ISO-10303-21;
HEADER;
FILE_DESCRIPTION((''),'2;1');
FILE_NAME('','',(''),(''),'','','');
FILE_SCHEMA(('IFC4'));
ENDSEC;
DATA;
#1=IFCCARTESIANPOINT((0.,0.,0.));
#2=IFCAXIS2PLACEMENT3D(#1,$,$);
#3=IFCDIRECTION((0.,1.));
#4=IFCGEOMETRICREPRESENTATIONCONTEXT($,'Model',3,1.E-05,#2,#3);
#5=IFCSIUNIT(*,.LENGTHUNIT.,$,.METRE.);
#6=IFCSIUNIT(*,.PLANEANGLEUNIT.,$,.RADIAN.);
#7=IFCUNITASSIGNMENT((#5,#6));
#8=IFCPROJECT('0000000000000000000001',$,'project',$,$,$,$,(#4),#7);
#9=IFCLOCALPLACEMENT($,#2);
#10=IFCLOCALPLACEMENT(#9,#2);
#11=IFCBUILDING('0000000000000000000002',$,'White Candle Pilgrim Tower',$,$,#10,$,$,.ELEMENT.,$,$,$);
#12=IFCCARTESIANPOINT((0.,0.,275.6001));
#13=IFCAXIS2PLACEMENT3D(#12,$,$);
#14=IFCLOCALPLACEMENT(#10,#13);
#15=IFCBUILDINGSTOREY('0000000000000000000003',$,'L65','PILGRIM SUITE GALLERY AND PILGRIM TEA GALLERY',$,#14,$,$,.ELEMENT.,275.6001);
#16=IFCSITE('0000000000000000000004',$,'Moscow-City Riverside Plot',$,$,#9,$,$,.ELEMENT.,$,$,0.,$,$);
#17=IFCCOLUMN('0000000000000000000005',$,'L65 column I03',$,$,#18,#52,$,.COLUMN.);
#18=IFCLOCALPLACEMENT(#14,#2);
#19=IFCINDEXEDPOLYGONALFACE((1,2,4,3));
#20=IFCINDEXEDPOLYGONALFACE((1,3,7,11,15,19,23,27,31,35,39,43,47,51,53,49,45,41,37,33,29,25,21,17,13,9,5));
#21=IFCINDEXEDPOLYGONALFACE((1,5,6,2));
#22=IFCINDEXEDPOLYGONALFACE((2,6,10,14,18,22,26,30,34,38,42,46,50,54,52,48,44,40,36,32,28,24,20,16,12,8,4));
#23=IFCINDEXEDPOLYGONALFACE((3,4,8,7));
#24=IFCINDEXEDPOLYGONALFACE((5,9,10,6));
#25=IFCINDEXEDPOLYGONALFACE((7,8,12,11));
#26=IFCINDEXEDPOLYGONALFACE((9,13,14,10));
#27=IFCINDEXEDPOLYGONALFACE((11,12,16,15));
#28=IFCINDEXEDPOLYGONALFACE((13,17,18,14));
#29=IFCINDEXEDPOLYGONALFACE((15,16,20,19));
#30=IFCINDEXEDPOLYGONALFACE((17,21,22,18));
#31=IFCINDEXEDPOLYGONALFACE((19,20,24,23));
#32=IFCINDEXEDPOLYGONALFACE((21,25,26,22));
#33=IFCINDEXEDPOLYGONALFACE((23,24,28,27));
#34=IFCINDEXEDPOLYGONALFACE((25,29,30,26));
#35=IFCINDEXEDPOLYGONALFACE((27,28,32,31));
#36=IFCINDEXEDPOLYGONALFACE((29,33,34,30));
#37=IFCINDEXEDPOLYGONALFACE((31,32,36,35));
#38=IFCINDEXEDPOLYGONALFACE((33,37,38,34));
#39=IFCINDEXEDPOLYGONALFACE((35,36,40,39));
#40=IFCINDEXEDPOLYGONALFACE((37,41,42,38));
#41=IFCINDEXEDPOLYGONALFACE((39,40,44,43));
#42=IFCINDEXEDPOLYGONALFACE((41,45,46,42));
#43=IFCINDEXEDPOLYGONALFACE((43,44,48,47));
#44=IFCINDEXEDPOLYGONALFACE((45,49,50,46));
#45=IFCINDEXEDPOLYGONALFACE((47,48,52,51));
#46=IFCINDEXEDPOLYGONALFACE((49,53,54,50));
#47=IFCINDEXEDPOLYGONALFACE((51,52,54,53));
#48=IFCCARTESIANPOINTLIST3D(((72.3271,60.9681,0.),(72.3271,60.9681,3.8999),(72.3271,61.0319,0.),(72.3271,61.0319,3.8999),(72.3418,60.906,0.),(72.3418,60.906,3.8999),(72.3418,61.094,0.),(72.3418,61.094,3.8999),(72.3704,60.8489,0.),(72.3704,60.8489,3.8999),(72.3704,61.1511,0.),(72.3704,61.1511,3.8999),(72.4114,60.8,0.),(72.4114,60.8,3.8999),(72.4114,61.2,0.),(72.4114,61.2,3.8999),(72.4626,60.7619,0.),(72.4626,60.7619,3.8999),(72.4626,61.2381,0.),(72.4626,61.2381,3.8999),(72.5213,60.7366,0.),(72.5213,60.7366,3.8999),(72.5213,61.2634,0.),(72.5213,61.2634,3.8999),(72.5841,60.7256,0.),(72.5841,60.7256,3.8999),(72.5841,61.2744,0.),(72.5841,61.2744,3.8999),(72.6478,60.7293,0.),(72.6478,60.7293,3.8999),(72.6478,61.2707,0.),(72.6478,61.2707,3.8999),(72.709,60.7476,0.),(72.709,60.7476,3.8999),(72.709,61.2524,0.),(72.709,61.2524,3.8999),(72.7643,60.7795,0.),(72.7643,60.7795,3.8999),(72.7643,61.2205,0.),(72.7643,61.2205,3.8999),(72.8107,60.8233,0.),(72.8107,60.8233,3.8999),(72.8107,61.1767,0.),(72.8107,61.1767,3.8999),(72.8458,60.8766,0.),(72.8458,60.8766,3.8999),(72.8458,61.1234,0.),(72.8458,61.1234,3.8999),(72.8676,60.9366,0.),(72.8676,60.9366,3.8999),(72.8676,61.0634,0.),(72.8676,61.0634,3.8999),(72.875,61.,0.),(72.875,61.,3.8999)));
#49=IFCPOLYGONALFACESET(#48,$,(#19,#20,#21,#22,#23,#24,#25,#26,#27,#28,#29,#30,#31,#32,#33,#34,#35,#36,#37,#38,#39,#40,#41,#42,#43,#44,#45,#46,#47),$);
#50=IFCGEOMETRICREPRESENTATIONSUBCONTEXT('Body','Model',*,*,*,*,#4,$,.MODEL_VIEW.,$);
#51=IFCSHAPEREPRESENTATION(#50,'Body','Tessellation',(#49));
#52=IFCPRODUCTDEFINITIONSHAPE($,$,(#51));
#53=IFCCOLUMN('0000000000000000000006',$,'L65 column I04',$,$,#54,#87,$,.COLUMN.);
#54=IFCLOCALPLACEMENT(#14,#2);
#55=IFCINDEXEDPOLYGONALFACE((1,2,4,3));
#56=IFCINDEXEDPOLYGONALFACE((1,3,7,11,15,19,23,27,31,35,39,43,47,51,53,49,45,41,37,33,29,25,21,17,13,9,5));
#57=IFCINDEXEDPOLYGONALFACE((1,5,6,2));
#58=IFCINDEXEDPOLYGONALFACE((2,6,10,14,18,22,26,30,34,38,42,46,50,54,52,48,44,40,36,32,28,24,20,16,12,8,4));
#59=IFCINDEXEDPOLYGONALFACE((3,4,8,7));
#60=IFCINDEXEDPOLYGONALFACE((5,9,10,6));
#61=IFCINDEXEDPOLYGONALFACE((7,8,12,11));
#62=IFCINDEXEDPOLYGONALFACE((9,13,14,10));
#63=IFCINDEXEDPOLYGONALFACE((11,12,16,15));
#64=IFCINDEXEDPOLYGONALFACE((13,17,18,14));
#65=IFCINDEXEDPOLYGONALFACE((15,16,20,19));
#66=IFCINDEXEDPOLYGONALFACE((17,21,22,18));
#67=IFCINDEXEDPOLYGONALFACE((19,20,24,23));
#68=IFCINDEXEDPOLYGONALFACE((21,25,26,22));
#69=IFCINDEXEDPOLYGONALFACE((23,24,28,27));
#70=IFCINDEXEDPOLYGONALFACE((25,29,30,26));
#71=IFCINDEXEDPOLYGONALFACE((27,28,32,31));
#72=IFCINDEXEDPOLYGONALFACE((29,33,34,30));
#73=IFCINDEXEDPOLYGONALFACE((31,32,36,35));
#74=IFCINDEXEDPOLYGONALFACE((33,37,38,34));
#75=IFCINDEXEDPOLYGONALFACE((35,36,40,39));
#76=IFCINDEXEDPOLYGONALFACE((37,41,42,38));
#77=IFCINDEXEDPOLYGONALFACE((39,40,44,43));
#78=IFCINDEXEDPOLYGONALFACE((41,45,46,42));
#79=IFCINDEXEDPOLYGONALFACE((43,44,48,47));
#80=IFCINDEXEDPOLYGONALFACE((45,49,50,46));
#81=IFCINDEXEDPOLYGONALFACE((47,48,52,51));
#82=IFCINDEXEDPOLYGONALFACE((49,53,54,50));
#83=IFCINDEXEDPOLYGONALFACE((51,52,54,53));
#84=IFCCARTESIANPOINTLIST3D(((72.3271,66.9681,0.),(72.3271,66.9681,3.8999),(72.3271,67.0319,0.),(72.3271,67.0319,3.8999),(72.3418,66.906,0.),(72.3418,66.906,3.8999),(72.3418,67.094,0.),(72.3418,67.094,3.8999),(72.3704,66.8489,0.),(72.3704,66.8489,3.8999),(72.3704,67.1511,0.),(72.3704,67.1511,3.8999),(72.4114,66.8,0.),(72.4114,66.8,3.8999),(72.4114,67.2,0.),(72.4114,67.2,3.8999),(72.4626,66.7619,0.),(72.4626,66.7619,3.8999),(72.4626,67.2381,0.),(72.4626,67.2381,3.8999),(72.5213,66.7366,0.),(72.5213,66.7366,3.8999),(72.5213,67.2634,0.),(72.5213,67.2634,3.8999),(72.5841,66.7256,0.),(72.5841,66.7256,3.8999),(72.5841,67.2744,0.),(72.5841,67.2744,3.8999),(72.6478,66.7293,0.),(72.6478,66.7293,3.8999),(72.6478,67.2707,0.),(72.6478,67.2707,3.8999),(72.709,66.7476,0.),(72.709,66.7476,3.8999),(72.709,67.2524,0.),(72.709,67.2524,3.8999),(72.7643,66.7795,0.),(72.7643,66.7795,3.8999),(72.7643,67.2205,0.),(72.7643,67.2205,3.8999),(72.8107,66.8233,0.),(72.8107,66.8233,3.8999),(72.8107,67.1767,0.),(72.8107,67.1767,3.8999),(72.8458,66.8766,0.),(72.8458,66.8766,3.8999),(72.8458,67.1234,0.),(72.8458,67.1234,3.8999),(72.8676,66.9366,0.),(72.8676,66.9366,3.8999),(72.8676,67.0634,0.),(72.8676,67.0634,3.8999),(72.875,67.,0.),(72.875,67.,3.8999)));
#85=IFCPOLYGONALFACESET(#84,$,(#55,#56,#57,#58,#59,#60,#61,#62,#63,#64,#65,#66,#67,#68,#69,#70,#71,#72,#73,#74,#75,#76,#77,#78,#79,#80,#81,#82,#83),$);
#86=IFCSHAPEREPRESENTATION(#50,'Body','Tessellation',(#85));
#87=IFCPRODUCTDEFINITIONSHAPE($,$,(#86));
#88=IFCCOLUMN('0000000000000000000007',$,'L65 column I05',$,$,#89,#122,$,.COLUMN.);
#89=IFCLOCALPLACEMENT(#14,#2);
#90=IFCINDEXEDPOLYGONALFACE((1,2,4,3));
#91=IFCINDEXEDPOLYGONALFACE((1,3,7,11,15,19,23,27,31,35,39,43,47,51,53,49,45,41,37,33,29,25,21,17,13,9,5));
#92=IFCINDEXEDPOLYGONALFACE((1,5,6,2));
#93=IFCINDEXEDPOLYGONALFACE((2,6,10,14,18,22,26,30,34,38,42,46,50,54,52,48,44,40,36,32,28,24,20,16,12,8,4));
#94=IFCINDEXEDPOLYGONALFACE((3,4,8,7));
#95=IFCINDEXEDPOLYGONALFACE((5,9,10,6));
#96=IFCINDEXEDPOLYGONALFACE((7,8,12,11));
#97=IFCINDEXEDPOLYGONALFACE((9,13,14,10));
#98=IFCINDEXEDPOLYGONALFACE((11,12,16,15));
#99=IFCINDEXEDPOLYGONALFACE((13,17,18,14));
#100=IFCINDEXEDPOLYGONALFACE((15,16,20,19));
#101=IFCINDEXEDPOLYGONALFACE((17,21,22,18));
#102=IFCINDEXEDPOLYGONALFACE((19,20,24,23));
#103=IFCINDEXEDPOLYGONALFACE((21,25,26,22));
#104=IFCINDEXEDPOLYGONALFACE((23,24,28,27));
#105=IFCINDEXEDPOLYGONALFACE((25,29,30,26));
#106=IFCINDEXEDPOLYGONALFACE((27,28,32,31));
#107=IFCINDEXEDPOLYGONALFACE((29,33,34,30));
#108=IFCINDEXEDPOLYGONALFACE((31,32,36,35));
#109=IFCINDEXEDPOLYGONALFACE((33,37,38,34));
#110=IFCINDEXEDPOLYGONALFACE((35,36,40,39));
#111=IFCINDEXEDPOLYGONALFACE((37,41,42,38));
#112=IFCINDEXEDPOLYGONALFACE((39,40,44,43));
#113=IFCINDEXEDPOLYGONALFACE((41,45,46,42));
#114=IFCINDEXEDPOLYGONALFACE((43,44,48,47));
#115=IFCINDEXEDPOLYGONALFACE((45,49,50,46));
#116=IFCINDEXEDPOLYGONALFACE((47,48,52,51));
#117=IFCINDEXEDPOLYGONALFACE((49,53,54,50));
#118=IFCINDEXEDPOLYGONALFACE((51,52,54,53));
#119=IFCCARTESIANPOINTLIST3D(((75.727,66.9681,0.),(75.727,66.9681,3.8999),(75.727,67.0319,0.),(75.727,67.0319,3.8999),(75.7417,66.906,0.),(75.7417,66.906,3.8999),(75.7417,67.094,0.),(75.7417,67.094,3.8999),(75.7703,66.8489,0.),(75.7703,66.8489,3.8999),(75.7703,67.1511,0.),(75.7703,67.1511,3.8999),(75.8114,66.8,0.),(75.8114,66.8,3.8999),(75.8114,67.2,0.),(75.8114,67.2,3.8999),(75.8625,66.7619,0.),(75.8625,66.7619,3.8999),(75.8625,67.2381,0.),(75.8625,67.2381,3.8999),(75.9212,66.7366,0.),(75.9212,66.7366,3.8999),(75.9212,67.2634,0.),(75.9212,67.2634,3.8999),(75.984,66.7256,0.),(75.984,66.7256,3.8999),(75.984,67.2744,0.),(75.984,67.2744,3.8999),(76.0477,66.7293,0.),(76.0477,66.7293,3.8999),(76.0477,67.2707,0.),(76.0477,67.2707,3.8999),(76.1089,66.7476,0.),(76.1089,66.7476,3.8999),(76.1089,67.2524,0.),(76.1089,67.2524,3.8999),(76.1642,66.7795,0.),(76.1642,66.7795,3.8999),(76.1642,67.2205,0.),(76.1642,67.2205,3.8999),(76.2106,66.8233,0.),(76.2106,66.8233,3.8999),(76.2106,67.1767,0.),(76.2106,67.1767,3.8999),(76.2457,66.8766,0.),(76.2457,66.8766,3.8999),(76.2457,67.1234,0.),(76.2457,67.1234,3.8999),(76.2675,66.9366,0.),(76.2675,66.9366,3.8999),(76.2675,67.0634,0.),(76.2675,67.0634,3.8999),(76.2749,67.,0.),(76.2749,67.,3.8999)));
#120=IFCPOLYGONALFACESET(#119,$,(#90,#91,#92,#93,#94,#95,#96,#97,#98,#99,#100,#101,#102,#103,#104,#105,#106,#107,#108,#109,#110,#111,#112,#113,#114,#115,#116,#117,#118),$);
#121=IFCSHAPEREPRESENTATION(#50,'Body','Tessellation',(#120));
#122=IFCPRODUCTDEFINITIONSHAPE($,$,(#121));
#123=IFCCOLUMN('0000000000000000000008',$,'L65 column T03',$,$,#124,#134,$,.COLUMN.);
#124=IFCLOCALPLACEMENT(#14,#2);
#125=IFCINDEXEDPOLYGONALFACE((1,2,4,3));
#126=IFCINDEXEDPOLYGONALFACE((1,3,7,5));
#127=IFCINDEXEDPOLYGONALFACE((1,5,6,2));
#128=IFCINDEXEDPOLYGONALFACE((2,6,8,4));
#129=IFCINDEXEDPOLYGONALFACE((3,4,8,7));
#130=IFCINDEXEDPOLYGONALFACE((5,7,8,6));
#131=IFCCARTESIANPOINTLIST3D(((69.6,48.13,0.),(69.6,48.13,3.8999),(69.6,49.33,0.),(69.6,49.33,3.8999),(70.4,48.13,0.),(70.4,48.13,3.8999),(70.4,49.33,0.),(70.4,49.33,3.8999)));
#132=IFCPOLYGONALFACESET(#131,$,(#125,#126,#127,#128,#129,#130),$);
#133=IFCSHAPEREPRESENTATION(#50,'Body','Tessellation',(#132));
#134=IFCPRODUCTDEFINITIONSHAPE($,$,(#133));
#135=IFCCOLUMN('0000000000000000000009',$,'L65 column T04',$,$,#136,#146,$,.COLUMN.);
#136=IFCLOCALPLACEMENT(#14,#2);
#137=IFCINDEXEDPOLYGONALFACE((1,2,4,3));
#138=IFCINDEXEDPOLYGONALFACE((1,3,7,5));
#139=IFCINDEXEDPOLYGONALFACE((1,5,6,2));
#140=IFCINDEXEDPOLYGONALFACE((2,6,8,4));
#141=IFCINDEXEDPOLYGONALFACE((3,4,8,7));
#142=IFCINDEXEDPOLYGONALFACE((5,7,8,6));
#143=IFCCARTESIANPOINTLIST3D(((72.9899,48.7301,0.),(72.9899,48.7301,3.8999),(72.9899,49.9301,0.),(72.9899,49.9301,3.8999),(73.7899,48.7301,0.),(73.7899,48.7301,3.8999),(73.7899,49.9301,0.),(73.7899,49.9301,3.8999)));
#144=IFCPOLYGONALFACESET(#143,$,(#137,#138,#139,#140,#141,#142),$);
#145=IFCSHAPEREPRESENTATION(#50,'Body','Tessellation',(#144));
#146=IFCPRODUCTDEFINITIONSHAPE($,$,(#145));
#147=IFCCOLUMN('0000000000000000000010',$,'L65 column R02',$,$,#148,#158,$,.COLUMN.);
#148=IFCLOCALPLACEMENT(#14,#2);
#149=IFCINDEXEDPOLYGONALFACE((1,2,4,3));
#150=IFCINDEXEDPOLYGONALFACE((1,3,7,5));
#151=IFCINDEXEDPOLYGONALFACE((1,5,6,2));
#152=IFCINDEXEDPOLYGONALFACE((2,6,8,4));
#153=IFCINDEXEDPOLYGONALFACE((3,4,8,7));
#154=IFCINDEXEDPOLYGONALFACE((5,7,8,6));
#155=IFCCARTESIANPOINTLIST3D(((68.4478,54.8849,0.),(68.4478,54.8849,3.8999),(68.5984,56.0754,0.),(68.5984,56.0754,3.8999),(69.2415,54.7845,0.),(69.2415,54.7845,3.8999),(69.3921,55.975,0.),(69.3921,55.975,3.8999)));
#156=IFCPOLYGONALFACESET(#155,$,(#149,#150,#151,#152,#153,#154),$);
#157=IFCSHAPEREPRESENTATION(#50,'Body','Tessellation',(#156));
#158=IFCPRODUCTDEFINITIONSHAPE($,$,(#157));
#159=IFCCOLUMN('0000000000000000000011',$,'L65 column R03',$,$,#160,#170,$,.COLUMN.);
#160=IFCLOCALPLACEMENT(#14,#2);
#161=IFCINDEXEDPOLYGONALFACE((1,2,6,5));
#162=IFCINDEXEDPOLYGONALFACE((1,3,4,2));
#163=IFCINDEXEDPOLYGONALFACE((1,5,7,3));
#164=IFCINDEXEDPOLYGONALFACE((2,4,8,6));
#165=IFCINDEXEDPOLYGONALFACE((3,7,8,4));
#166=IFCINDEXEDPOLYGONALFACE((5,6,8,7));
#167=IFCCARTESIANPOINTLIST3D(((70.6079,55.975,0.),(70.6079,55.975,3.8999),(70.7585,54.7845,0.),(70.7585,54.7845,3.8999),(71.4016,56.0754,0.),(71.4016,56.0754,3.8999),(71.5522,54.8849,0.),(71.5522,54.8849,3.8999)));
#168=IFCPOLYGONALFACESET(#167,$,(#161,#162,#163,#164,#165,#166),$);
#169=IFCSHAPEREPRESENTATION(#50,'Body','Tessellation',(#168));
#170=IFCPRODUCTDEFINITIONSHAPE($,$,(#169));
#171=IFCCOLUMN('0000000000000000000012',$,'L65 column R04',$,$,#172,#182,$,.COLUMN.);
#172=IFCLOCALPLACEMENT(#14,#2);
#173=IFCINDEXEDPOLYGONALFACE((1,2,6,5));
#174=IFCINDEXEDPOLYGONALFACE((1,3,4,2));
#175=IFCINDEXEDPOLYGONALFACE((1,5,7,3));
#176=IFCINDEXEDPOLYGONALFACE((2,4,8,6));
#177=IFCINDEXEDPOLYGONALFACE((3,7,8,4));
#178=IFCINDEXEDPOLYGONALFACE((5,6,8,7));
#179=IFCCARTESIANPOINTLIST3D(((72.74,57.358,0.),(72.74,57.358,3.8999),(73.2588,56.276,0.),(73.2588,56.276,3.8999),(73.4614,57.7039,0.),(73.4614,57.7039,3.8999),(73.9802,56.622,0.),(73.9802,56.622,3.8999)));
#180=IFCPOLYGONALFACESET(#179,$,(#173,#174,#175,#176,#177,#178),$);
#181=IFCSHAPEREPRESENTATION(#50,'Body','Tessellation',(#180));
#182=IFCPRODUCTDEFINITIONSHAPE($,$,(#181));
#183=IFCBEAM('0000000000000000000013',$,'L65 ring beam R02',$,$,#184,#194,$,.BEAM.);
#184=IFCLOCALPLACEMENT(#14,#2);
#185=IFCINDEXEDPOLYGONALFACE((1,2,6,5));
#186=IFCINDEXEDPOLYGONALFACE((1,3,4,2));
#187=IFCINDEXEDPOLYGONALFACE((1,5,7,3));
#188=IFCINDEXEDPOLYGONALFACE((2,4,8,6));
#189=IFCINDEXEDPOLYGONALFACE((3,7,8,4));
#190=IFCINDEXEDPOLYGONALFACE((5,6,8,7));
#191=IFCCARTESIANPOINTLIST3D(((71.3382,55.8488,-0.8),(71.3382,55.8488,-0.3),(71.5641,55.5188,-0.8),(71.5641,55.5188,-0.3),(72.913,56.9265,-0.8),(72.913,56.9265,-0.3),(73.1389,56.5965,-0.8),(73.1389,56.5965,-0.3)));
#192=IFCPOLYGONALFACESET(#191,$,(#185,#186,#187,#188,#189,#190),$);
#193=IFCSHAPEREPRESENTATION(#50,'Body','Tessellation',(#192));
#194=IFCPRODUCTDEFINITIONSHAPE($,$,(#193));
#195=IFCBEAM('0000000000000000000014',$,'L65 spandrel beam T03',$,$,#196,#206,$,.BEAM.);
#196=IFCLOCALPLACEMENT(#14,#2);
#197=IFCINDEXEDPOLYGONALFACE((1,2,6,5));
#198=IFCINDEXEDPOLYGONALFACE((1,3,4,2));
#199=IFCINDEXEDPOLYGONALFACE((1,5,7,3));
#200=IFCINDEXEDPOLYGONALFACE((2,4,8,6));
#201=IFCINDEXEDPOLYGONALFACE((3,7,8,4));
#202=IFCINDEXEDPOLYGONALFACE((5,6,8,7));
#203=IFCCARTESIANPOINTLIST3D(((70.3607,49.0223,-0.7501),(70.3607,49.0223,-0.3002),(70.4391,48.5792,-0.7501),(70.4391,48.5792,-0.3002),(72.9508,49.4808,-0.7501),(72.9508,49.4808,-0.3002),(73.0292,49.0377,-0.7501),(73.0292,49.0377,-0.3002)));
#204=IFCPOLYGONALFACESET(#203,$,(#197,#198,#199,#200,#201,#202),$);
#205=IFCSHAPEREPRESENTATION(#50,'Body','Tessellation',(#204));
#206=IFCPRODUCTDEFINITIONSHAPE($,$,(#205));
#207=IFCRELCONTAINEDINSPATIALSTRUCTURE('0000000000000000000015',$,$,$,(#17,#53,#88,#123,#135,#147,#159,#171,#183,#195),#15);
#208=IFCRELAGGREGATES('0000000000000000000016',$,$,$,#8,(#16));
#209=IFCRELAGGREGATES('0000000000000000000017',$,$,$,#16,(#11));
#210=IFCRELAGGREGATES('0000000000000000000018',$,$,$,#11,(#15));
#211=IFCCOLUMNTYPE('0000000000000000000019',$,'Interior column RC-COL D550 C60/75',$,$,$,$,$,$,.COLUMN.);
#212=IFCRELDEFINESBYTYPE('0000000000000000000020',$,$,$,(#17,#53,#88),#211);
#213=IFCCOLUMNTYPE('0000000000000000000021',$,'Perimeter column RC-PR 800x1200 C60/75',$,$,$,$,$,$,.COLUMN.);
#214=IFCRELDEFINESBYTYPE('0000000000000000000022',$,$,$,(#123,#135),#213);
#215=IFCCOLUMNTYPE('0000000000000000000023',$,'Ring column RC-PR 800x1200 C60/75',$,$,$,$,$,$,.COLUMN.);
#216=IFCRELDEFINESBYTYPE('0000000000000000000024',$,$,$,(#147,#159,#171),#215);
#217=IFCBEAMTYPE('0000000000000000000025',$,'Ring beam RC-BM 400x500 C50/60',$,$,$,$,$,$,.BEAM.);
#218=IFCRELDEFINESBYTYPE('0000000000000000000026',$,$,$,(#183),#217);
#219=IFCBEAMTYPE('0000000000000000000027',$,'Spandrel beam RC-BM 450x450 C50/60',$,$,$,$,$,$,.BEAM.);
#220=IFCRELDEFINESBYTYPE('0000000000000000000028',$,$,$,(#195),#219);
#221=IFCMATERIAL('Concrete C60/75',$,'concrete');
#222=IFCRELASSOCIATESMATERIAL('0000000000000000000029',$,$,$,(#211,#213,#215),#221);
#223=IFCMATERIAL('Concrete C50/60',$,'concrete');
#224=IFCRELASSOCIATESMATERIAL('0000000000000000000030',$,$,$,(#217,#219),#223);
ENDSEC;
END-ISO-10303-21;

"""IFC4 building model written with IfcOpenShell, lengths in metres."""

from ifc_helpers import new_model, si_unit, direction, frame, origin, origin_2d, place, context, subcontext, project, spatial, rectangle, circle, extrude, material, material_profile, profile_set, type_object, element, save


model = new_model("IFC4")

# Units and contexts
model_context = context("Model", 3, precision=1e-05, world=origin(), true_north=direction((0.0, 1.0)))
body_context = subcontext(model_context, "Body", "Model", "MODEL_VIEW")
ifc_project = project(units=[si_unit("LENGTHUNIT", "METRE"), si_unit("PLANEANGLEUNIT", "RADIAN")], contexts=[model_context])

# Site, building, storey
site_placement = place(None, origin())
site = spatial("IfcSite", under=ifc_project, at=site_placement, Name="Moscow-City Riverside Plot", CompositionType="ELEMENT", RefElevation=0.0)
building_placement = place(site_placement, origin())
building = spatial("IfcBuilding", under=site, at=building_placement, Name="White Candle Pilgrim Tower", CompositionType="ELEMENT")
storey_placement = place(building_placement, frame((0.0, 0.0, 275.6001)))
storey = spatial("IfcBuildingStorey", under=building, at=storey_placement, Name="L65", Description="PILGRIM SUITE GALLERY AND PILGRIM TEA GALLERY", CompositionType="ELEMENT", Elevation=275.6001)

# Columns
ifc_material_1 = material(Name="Concrete C60/75", Category="concrete")
ifc_material_profile_1 = material_profile(ifc_material_1, circle(Radius=0.2749, at=origin_2d()), Name="RC-COL D550")
ifc_profile_set_1 = profile_set([ifc_material_profile_1], Name="Concrete C60/75")
column_type_1 = type_object("IfcColumnType", Name="Interior column RC-COL D550 C60/75", PredefinedType="COLUMN", material=ifc_profile_set_1)
for number, where, z_axis, x_axis, name in (
    (1, (72.6001, 61.0, 0.0), (0.0, 0.0, 1.0), (1.0, 0.0, 0.0), "L65 column I03"),
    (2, (72.6001, 67.0, 0.0), (0.0, 0.0, 1.0), (1.0, 0.0, 0.0), "L65 column I04"),
    (3, (76.0, 67.0, 0.0), (0.0, 0.0, 1.0), (1.0, 0.0, 0.0), "L65 column I05"),
):
    element("IfcColumn", number, at=place(storey_placement, frame(where, z_axis=z_axis, x_axis=x_axis)), inside=storey, type_object=column_type_1, Name=name, PredefinedType="COLUMN", context=body_context, shape_type="SweptSolid", body=[
        extrude(circle(Radius=0.2749, at=origin_2d()), origin(), (0.0, 0.0, 1.0), 3.8999),
    ])
ifc_material_profile_2 = material_profile(ifc_material_1, rectangle(XDim=0.8, YDim=1.2, at=origin_2d()), Name="RC-PR 800x1200")
ifc_profile_set_2 = profile_set([ifc_material_profile_2], Name="Concrete C60/75")
column_type_2 = type_object("IfcColumnType", Name="Perimeter column RC-PR 800x1200 C60/75", PredefinedType="COLUMN", material=ifc_profile_set_2)
for number, where, z_axis, x_axis, name in (
    (4, (70.0, 48.73, 0.0), (0.0, 0.0, 1.0), (-1.0, 0.0, 0.0), "L65 column T03"),
    (5, (73.3899, 49.3301, 0.0), (0.0, 0.0, 1.0), (-1.0, 0.0, 0.0), "L65 column T04"),
):
    element("IfcColumn", number, at=place(storey_placement, frame(where, z_axis=z_axis, x_axis=x_axis)), inside=storey, type_object=column_type_2, Name=name, PredefinedType="COLUMN", context=body_context, shape_type="SweptSolid", body=[
        extrude(rectangle(XDim=0.8, YDim=1.2, at=origin_2d()), origin(), (0.0, 0.0, 1.0), 3.8999),
    ])
ifc_material_profile_3 = material_profile(ifc_material_1, rectangle(XDim=0.8, YDim=1.2, at=origin_2d()), Name="RC-PR 800x1200")
ifc_profile_set_3 = profile_set([ifc_material_profile_3], Name="Concrete C60/75")
column_type_3 = type_object("IfcColumnType", Name="Ring column RC-PR 800x1200 C60/75", PredefinedType="COLUMN", material=ifc_profile_set_3)
for number, where, z_axis, x_axis, name in (
    (6, (68.9199, 55.4299, 0.0), (0.0, 0.0, 1.0), (-0.992093, 0.125506, 0.0), "L65 column R02"),
    (7, (71.0801, 55.4299, 0.0), (0.0, 0.0, 1.0), (-0.992093, -0.125506, 0.0), "L65 column R03"),
    (8, (73.3601, 56.99, 0.0), (0.0, 0.0, 1.0), (-0.901689, -0.432385, 0.0), "L65 column R04"),
):
    element("IfcColumn", number, at=place(storey_placement, frame(where, z_axis=z_axis, x_axis=x_axis)), inside=storey, type_object=column_type_3, Name=name, PredefinedType="COLUMN", context=body_context, shape_type="SweptSolid", body=[
        extrude(rectangle(XDim=0.8, YDim=1.2, at=origin_2d()), origin(), (0.0, 0.0, 1.0), 3.8999),
    ])

# Beams
ifc_material_2 = material(Name="Concrete C50/60", Category="concrete")
ifc_material_profile_4 = material_profile(ifc_material_2, rectangle(XDim=0.3999, YDim=0.5, at=origin_2d()), Name="RC-BM 400x500")
ifc_profile_set_4 = profile_set([ifc_material_profile_4], Name="Concrete C50/60")
beam_type_1 = type_object("IfcBeamType", Name="Ring beam RC-BM 400x500 C50/60", PredefinedType="BEAM", material=ifc_profile_set_4)
beam_1_placement = place(storey_placement, frame((71.4512, 55.6838, -0.55), z_axis=(0.825257, 0.564757, 0.0), x_axis=(-0.564757, 0.825257, 0.0)))
element("IfcBeam", 9, at=beam_1_placement, inside=storey, type_object=beam_type_1, Name="L65 ring beam R02", PredefinedType="BEAM", context=body_context, shape_type="SweptSolid", body=[
    extrude(rectangle(XDim=0.3999, YDim=0.5, at=origin_2d()), origin(), (0.0, 0.0, 1.0), 1.9082),
])
ifc_material_profile_5 = material_profile(ifc_material_2, rectangle(XDim=0.45, YDim=0.45, at=origin_2d()), Name="RC-BM 450x450")
ifc_profile_set_5 = profile_set([ifc_material_profile_5], Name="Concrete C50/60")
beam_type_2 = type_object("IfcBeamType", Name="Spandrel beam RC-BM 450x450 C50/60", PredefinedType="BEAM", material=ifc_profile_set_5)
beam_2_placement = place(storey_placement, frame((70.3999, 48.8008, -0.5251), z_axis=(0.984691, 0.17431, 0.0), x_axis=(-0.17431, 0.984691, 0.0)))
element("IfcBeam", 10, at=beam_2_placement, inside=storey, type_object=beam_type_2, Name="L65 spandrel beam T03", PredefinedType="BEAM", context=body_context, shape_type="SweptSolid", body=[
    extrude(rectangle(XDim=0.45, YDim=0.45, at=origin_2d()), origin(), (0.0, 0.0, 1.0), 2.6304),
])

save(model, "model.ifc")
